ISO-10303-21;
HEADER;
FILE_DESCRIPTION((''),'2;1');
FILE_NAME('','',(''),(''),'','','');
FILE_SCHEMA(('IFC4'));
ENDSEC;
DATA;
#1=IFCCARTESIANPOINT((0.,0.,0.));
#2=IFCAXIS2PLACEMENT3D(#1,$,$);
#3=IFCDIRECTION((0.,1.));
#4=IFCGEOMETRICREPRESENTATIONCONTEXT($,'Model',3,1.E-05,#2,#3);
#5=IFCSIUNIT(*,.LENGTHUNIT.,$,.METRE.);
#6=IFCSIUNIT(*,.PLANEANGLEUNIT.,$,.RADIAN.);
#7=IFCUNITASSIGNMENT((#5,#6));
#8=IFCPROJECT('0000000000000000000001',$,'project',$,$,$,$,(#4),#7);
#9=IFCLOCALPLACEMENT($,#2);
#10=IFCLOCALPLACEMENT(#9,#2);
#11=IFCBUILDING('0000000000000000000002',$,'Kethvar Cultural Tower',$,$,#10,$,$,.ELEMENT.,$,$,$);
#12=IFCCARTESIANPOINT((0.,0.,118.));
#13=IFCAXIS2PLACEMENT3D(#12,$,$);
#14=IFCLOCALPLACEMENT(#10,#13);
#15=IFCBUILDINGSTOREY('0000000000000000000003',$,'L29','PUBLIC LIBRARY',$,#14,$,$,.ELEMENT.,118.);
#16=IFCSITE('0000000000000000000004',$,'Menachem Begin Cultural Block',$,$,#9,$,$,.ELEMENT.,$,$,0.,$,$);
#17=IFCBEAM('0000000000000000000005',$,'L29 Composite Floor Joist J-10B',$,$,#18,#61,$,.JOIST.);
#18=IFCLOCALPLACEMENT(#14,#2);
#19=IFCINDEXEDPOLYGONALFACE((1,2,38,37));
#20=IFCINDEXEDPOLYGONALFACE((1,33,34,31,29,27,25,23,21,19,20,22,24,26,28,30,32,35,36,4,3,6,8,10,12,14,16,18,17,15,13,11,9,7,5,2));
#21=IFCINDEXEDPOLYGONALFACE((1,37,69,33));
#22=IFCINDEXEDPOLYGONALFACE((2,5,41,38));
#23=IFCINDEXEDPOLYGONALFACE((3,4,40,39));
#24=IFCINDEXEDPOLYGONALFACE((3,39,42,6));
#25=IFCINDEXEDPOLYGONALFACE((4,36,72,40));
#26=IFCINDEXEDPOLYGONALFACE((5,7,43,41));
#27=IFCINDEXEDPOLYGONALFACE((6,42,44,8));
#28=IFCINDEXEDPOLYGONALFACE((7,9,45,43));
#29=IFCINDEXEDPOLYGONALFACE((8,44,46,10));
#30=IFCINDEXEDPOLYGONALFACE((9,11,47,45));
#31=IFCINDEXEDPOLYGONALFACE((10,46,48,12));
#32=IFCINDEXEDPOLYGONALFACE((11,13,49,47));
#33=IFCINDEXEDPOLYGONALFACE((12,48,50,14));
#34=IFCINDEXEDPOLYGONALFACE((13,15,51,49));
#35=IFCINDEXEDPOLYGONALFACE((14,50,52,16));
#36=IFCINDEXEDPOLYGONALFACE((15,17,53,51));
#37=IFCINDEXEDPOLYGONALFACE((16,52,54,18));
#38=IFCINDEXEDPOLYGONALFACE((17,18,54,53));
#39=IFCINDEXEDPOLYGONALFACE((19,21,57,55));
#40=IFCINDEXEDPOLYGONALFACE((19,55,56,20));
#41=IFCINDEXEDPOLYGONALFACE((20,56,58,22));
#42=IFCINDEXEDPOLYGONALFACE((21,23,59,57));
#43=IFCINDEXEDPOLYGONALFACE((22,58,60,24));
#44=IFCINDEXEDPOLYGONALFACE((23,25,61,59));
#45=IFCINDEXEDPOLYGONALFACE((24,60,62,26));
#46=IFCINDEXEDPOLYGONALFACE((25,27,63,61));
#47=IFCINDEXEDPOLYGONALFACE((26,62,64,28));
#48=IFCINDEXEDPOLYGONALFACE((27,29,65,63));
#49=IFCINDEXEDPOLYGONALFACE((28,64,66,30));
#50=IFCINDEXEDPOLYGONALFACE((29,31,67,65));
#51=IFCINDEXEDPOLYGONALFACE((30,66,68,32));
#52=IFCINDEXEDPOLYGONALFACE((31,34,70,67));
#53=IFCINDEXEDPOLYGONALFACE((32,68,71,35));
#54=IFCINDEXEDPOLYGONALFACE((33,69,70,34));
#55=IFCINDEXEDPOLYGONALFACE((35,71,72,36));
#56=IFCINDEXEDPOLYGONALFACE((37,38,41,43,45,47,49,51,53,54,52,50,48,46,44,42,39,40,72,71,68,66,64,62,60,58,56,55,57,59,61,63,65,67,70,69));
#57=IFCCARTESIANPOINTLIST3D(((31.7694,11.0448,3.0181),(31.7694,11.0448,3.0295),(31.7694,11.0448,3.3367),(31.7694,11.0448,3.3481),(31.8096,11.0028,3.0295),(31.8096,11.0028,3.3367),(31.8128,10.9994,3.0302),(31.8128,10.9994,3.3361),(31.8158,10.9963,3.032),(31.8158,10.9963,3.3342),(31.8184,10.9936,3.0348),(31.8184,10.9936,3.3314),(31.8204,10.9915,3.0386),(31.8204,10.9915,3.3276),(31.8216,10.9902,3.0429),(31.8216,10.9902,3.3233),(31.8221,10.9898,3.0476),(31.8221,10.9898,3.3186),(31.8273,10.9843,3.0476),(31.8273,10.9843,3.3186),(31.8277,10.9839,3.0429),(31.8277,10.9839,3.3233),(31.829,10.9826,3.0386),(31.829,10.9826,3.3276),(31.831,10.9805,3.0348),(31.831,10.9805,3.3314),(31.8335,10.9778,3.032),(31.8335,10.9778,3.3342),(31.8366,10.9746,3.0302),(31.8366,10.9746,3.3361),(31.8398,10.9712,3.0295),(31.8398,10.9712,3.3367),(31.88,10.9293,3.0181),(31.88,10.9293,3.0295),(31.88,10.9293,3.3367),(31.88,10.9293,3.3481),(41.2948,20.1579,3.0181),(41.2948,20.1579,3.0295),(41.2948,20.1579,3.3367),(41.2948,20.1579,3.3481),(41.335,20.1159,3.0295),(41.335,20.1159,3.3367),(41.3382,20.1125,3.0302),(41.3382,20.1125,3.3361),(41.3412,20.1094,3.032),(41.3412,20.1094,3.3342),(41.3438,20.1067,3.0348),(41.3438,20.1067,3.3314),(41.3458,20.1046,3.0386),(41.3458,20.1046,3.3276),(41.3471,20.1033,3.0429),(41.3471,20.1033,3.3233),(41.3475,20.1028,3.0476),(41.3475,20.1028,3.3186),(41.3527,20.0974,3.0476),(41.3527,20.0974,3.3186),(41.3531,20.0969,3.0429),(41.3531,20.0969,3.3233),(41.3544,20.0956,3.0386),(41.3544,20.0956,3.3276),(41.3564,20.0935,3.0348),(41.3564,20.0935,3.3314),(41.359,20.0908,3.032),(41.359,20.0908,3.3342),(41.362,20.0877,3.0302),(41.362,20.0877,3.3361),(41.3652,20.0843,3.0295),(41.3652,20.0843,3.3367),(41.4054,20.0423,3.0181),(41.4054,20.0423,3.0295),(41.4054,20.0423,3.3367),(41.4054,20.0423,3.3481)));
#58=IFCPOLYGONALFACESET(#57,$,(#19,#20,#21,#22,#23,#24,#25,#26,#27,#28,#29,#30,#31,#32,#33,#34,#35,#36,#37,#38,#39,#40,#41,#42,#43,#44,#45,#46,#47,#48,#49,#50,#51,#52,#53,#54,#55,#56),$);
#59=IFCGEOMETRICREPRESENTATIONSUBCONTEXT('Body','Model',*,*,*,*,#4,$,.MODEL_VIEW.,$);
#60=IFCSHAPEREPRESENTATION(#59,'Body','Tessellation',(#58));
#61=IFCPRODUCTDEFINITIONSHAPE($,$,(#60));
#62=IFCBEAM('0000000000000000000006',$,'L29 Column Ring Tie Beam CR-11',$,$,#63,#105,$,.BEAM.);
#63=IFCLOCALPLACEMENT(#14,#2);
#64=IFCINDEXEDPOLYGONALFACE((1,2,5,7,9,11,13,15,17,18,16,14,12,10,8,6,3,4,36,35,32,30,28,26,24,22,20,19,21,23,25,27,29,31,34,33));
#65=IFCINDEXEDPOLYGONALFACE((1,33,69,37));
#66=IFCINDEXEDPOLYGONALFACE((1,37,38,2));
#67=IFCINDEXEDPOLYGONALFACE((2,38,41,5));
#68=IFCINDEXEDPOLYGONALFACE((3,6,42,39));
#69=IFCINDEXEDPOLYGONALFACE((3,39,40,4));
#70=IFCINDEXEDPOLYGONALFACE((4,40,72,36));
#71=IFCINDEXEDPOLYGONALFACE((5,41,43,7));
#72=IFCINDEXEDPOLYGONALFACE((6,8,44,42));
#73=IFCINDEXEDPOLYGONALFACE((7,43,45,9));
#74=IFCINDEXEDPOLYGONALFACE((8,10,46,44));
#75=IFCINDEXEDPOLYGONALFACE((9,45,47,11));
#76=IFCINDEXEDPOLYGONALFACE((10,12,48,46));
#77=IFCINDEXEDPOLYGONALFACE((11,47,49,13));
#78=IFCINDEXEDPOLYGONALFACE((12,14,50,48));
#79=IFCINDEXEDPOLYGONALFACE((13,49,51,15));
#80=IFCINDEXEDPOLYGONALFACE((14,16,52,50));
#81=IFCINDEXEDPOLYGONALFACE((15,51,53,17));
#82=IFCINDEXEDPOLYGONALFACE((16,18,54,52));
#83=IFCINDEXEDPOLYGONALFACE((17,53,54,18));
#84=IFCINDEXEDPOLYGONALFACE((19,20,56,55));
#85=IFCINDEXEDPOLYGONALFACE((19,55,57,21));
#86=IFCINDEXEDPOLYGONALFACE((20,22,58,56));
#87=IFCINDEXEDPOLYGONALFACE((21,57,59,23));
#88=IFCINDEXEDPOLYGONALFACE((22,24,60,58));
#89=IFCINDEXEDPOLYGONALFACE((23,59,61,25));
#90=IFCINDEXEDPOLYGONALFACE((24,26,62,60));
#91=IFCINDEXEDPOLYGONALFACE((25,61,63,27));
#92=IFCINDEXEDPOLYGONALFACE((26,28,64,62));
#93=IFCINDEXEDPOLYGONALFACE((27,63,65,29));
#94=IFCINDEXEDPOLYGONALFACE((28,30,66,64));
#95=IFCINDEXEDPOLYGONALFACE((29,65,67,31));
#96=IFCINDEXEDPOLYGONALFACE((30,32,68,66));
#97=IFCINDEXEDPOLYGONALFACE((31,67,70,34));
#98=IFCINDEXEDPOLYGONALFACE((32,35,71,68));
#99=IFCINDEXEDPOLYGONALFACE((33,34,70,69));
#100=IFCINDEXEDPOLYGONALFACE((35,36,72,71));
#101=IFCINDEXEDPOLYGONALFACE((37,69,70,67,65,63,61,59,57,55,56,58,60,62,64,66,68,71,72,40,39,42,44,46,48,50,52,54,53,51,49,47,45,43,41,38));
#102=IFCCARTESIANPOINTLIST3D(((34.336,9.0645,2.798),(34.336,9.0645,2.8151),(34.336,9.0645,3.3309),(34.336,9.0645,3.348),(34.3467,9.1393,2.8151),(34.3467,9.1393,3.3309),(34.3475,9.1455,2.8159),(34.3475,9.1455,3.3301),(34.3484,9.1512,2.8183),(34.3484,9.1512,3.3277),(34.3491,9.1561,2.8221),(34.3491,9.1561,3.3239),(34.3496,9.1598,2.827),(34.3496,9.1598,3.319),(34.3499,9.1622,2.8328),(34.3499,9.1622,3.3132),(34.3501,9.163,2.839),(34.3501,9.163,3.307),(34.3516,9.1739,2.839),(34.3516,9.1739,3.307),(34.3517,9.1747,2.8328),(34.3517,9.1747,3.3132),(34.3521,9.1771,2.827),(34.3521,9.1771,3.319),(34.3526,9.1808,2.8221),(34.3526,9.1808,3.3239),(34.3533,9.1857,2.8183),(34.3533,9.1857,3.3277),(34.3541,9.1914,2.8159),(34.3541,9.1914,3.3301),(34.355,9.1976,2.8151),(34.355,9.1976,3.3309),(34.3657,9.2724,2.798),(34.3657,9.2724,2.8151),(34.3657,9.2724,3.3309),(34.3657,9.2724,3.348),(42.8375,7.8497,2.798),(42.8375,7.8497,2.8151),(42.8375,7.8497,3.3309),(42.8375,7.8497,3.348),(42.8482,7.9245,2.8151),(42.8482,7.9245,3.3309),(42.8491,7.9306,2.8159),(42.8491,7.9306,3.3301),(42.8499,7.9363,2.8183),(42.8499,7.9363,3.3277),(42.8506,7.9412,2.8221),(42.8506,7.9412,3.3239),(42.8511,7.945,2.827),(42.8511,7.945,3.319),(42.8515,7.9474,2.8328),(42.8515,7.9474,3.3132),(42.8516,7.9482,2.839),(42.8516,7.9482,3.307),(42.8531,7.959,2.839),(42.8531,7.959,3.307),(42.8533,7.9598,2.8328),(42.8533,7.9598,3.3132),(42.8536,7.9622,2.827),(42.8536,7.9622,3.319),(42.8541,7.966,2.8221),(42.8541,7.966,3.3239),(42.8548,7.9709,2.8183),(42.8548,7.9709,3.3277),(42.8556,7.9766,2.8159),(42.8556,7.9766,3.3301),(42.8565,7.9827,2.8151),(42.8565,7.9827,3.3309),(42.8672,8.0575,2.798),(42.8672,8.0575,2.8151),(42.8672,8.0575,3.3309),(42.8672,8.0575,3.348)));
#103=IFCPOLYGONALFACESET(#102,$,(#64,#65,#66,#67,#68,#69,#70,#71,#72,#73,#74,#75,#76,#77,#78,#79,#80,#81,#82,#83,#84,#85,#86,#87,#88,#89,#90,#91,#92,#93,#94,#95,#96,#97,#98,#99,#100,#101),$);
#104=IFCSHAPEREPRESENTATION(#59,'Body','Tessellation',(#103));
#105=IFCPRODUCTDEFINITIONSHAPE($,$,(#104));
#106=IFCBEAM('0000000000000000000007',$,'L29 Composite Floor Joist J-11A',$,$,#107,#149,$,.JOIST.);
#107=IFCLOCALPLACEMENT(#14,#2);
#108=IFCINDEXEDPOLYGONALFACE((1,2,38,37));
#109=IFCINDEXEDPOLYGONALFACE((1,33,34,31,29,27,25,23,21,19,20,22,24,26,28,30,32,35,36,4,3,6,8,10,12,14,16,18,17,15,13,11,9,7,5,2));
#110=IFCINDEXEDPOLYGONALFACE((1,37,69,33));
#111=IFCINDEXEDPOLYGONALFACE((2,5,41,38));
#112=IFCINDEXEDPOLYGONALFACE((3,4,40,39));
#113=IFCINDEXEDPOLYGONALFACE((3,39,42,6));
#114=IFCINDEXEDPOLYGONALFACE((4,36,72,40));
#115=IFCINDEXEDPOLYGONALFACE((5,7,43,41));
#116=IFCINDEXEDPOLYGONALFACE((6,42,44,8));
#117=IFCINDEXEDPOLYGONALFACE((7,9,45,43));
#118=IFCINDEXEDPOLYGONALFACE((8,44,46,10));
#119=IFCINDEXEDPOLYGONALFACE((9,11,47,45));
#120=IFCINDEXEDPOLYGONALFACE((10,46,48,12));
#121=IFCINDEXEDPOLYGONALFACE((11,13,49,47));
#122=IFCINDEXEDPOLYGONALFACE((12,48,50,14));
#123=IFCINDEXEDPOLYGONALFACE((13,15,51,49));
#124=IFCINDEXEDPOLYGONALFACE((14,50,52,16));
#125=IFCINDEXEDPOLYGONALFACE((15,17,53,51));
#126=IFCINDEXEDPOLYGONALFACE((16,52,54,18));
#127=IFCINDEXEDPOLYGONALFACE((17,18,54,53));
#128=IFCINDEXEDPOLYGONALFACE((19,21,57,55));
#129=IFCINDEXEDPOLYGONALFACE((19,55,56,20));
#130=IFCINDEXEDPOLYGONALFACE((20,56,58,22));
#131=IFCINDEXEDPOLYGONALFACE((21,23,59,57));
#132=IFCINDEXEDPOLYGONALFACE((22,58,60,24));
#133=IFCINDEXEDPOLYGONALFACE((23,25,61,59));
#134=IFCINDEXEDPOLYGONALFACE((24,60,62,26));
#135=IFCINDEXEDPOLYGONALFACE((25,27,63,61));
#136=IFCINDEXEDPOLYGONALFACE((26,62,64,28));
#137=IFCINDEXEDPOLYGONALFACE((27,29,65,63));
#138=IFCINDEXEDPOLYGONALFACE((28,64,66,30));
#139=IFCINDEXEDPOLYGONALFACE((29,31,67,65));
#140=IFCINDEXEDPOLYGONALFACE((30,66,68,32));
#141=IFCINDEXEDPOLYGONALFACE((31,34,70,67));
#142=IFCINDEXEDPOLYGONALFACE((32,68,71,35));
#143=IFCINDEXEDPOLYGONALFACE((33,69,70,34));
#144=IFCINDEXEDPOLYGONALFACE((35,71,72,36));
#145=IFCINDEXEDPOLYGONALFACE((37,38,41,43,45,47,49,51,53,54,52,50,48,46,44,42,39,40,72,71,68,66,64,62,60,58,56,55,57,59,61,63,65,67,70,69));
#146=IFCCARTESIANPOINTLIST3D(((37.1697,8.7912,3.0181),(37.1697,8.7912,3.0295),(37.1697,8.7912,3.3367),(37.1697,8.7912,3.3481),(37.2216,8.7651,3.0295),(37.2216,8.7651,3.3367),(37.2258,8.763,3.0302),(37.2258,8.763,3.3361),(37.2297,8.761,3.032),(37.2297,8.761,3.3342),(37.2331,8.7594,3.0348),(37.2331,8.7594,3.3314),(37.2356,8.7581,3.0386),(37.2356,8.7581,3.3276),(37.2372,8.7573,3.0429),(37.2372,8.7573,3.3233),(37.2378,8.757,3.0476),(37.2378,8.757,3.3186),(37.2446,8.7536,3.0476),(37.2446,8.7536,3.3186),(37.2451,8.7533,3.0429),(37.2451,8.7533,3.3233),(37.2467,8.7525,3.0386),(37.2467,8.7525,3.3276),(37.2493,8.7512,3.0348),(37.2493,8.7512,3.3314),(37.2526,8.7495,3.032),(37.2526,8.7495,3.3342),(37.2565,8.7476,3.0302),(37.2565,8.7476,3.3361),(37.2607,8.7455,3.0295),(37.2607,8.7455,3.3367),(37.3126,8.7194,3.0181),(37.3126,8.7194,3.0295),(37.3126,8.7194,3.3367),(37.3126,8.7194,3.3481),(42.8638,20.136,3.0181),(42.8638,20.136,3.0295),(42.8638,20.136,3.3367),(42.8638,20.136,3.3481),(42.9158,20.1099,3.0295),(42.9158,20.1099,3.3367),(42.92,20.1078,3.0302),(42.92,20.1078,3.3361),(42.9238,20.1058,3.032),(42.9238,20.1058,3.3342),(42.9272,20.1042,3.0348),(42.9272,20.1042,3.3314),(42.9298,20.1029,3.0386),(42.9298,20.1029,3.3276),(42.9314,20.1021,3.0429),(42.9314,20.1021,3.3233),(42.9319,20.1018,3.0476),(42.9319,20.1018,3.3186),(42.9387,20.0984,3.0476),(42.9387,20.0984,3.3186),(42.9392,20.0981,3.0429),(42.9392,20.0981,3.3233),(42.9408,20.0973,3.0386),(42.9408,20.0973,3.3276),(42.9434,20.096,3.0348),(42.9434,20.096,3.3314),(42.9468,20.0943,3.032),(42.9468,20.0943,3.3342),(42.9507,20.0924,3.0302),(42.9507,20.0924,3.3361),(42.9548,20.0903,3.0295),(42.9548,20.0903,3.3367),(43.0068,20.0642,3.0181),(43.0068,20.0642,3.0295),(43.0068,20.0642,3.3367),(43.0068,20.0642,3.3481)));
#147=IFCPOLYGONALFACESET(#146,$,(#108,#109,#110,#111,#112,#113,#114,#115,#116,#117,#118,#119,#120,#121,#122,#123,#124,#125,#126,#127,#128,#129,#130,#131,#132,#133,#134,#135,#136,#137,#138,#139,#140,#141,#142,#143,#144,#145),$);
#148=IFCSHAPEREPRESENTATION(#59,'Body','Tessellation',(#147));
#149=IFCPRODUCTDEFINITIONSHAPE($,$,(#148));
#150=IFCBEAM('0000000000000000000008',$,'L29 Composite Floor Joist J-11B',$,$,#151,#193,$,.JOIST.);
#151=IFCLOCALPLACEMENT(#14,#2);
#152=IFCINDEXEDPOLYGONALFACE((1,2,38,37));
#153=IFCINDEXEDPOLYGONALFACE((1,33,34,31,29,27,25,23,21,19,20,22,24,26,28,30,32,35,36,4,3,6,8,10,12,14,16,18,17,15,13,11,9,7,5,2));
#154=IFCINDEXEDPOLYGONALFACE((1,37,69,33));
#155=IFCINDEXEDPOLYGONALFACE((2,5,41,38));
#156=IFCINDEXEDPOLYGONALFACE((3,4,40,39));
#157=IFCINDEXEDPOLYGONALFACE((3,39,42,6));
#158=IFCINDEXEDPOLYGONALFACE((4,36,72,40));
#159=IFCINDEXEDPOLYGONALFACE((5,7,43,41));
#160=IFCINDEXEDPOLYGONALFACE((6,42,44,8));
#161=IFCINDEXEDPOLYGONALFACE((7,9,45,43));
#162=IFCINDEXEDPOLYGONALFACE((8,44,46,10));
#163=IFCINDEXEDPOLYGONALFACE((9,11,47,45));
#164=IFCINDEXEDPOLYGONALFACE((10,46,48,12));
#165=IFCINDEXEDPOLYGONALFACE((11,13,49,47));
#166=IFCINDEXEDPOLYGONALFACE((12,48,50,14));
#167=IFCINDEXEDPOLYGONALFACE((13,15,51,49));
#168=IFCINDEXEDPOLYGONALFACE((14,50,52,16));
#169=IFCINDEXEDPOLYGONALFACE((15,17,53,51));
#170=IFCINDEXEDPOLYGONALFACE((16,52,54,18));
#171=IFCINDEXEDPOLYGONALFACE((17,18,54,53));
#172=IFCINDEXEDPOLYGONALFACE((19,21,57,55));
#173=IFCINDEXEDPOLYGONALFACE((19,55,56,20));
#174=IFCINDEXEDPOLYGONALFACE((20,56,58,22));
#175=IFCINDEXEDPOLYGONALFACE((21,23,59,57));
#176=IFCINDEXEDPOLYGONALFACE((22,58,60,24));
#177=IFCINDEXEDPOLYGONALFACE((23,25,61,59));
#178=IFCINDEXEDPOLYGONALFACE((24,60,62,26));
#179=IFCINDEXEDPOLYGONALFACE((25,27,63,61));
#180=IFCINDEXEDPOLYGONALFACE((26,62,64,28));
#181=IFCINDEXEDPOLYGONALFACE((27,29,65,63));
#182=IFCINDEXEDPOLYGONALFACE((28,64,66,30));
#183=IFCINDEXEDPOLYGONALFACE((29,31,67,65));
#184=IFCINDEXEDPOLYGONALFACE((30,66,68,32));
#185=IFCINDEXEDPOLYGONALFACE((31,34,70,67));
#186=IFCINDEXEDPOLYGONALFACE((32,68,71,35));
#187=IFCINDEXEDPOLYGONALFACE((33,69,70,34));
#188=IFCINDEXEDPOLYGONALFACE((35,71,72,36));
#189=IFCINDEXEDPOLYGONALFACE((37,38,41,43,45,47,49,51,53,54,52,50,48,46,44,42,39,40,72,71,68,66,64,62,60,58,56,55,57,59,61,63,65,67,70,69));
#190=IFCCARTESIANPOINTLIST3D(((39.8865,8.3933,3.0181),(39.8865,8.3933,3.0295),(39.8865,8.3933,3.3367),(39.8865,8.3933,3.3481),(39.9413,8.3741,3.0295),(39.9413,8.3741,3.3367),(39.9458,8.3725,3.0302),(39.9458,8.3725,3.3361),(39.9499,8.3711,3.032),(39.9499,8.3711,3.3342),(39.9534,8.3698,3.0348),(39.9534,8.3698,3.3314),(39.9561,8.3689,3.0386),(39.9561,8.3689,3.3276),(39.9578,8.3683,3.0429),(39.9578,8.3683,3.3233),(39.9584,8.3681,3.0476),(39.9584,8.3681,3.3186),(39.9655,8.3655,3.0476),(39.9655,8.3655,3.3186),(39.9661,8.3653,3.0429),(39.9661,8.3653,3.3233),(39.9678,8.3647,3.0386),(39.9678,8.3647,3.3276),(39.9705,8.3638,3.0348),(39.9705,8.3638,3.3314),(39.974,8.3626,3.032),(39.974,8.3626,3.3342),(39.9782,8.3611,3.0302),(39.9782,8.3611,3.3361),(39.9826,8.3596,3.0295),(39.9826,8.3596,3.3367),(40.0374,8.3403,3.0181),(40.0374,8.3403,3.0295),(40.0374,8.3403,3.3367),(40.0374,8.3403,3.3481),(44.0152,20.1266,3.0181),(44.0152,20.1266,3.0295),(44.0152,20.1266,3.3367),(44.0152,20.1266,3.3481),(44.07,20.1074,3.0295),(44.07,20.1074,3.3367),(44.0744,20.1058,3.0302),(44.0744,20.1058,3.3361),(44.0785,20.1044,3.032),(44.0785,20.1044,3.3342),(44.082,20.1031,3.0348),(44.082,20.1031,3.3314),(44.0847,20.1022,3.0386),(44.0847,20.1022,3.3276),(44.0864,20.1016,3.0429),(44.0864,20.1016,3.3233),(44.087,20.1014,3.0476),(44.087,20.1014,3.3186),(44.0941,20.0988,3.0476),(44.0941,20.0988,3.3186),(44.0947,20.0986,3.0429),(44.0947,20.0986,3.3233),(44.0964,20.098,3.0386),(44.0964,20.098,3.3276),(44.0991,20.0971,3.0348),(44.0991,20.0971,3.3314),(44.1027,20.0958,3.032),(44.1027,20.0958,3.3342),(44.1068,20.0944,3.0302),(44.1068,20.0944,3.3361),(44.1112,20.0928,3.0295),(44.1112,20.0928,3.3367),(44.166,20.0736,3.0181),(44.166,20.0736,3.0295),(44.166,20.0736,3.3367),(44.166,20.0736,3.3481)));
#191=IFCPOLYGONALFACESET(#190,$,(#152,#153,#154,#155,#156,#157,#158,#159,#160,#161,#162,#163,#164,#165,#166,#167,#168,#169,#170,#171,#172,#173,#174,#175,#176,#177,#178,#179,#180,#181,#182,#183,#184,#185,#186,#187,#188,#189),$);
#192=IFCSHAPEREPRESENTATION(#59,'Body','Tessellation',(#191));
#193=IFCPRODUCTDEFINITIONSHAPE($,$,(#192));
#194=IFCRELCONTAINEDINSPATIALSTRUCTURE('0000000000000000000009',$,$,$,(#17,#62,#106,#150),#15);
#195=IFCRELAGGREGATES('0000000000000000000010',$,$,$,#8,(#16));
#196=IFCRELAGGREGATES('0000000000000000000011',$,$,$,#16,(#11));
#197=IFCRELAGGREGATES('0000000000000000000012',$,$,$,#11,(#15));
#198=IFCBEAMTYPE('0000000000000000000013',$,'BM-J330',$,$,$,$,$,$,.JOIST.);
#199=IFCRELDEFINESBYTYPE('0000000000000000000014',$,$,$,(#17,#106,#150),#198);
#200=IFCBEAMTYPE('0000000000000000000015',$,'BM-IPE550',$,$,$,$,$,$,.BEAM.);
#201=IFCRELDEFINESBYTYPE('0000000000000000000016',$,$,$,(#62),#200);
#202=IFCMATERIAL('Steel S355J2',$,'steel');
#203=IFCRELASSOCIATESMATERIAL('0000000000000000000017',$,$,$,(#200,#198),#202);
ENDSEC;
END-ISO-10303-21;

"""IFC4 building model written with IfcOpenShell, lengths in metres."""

from ifc_helpers import new_model, si_unit, direction, frame, origin, origin_2d, place, context, subcontext, project, spatial, i_section, extrude, source, transform, mapped, material, material_profile, profile_set, type_object, element, save


model = new_model("IFC4")

# Units and contexts
model_context = context("Model", 3, precision=1e-05, world=origin(), true_north=direction((0.0, 1.0)))
body_context = subcontext(model_context, "Body", "Model", "MODEL_VIEW")
ifc_project = project(units=[si_unit("LENGTHUNIT", "METRE"), si_unit("PLANEANGLEUNIT", "RADIAN")], contexts=[model_context])

# Site, building, storey
site_placement = place(None, origin())
site = spatial("IfcSite", under=ifc_project, at=site_placement, Name="Menachem Begin Cultural Block", CompositionType="ELEMENT", RefElevation=0.0)
building_placement = place(site_placement, origin())
building = spatial("IfcBuilding", under=site, at=building_placement, Name="Kethvar Cultural Tower", CompositionType="ELEMENT")
storey_placement = place(building_placement, frame((0.0, 0.0, 118.0)))
storey = spatial("IfcBuildingStorey", under=building, at=storey_placement, Name="L29", Description="PUBLIC LIBRARY", CompositionType="ELEMENT", Elevation=118.0)

# Beams
ifc_material_1 = material(Name="Steel S355J2", Category="steel")
ifc_material_profile_1 = material_profile(ifc_material_1, i_section(OverallWidth=0.21, OverallDepth=0.55, WebThickness=0.011, FlangeThickness=0.0171, FilletRadius=0.0239, at=origin_2d()), Name="Steel S355J2 — IPE550")
ifc_profile_set_1 = profile_set([ifc_material_profile_1], Name="Steel S355J2 — IPE550")
beam_type_1 = type_object("IfcBeamType", Name="BM-IPE550", PredefinedType="BEAM", material=ifc_profile_set_1)
ifc_material_profile_2 = material_profile(ifc_material_1, i_section(OverallWidth=0.1599, OverallDepth=0.3301, WebThickness=0.0076, FlangeThickness=0.0115, FilletRadius=0.0181, at=origin_2d()), Name="Steel S355J2 — IPE330")
ifc_profile_set_2 = profile_set([ifc_material_profile_2], Name="Steel S355J2 — IPE330")
beam_type_2 = type_object("IfcBeamType", Name="BM-J330", PredefinedType="JOIST", material=ifc_profile_set_2)
shared_shape_1 = source(origin(), body_context, "Body", "SweptSolid", [
    extrude(i_section(OverallWidth=0.1599, OverallDepth=0.3301, WebThickness=0.0076, FlangeThickness=0.0115, FilletRadius=0.0181, at=origin_2d()), origin(), (0.0, 0.0, 1.0), 13.1826),
])
beam_1_placement = place(storey_placement, frame((41.3501, 20.1001, 3.1831), z_axis=(-0.722574, -0.691294, 0.0), x_axis=(0.691294, -0.722574, 0.0)))
element("IfcBeam", 1, at=beam_1_placement, inside=storey, type_object=beam_type_2, Name="L29 Composite Floor Joist J-10B", PredefinedType="JOIST", context=body_context, shape_type="MappedRepresentation", body=[
    mapped(shared_shape_1, transform((0.0, 0.0, 0.0), scale=1.0)),
])
shared_shape_2 = source(origin(), body_context, "Body", "SweptSolid", [
    extrude(i_section(OverallWidth=0.21, OverallDepth=0.55, WebThickness=0.011, FlangeThickness=0.0171, FilletRadius=0.0239, at=origin_2d()), origin(), (0.0, 0.0, 1.0), 8.5879),
])
beam_2_placement = place(storey_placement, frame((34.3508, 9.1685, 3.073), z_axis=(0.989944, -0.141461, 0.0), x_axis=(0.141461, 0.989944, 0.0)))
element("IfcBeam", 2, at=beam_2_placement, inside=storey, type_object=beam_type_1, Name="L29 Column Ring Tie Beam CR-11", PredefinedType="BEAM", context=body_context, shape_type="MappedRepresentation", body=[
    mapped(shared_shape_2, transform((0.0, 0.0, 0.0), scale=1.0)),
])
shared_shape_3 = source(origin(), body_context, "Body", "SweptSolid", [
    extrude(i_section(OverallWidth=0.1599, OverallDepth=0.3301, WebThickness=0.0076, FlangeThickness=0.0115, FilletRadius=0.0181, at=origin_2d()), origin(), (0.0, 0.0, 1.0), 12.6936),
])
beam_3_placement = place(storey_placement, frame((42.9353, 20.1001, 3.1831), z_axis=(-0.448582, -0.893741, 0.0), x_axis=(0.893741, -0.448582, 0.0)))
element("IfcBeam", 3, at=beam_3_placement, inside=storey, type_object=beam_type_2, Name="L29 Composite Floor Joist J-11A", PredefinedType="JOIST", context=body_context, shape_type="MappedRepresentation", body=[
    mapped(shared_shape_3, transform((0.0, 0.0, 0.0), scale=1.0)),
])
shared_shape_4 = source(origin(), body_context, "Body", "SweptSolid", [
    extrude(i_section(OverallWidth=0.1599, OverallDepth=0.3301, WebThickness=0.0076, FlangeThickness=0.0115, FilletRadius=0.0181, at=origin_2d()), origin(), (0.0, 0.0, 1.0), 12.4385),
])
beam_4_placement = place(storey_placement, frame((44.0906, 20.1001, 3.1831), z_axis=(-0.331924, -0.943306, 0.0), x_axis=(0.943306, -0.331924, 0.0)))
element("IfcBeam", 4, at=beam_4_placement, inside=storey, type_object=beam_type_2, Name="L29 Composite Floor Joist J-11B", PredefinedType="JOIST", context=body_context, shape_type="MappedRepresentation", body=[
    mapped(shared_shape_4, transform((0.0, 0.0, 0.0), scale=1.0)),
])

save(model, "model.ifc")
